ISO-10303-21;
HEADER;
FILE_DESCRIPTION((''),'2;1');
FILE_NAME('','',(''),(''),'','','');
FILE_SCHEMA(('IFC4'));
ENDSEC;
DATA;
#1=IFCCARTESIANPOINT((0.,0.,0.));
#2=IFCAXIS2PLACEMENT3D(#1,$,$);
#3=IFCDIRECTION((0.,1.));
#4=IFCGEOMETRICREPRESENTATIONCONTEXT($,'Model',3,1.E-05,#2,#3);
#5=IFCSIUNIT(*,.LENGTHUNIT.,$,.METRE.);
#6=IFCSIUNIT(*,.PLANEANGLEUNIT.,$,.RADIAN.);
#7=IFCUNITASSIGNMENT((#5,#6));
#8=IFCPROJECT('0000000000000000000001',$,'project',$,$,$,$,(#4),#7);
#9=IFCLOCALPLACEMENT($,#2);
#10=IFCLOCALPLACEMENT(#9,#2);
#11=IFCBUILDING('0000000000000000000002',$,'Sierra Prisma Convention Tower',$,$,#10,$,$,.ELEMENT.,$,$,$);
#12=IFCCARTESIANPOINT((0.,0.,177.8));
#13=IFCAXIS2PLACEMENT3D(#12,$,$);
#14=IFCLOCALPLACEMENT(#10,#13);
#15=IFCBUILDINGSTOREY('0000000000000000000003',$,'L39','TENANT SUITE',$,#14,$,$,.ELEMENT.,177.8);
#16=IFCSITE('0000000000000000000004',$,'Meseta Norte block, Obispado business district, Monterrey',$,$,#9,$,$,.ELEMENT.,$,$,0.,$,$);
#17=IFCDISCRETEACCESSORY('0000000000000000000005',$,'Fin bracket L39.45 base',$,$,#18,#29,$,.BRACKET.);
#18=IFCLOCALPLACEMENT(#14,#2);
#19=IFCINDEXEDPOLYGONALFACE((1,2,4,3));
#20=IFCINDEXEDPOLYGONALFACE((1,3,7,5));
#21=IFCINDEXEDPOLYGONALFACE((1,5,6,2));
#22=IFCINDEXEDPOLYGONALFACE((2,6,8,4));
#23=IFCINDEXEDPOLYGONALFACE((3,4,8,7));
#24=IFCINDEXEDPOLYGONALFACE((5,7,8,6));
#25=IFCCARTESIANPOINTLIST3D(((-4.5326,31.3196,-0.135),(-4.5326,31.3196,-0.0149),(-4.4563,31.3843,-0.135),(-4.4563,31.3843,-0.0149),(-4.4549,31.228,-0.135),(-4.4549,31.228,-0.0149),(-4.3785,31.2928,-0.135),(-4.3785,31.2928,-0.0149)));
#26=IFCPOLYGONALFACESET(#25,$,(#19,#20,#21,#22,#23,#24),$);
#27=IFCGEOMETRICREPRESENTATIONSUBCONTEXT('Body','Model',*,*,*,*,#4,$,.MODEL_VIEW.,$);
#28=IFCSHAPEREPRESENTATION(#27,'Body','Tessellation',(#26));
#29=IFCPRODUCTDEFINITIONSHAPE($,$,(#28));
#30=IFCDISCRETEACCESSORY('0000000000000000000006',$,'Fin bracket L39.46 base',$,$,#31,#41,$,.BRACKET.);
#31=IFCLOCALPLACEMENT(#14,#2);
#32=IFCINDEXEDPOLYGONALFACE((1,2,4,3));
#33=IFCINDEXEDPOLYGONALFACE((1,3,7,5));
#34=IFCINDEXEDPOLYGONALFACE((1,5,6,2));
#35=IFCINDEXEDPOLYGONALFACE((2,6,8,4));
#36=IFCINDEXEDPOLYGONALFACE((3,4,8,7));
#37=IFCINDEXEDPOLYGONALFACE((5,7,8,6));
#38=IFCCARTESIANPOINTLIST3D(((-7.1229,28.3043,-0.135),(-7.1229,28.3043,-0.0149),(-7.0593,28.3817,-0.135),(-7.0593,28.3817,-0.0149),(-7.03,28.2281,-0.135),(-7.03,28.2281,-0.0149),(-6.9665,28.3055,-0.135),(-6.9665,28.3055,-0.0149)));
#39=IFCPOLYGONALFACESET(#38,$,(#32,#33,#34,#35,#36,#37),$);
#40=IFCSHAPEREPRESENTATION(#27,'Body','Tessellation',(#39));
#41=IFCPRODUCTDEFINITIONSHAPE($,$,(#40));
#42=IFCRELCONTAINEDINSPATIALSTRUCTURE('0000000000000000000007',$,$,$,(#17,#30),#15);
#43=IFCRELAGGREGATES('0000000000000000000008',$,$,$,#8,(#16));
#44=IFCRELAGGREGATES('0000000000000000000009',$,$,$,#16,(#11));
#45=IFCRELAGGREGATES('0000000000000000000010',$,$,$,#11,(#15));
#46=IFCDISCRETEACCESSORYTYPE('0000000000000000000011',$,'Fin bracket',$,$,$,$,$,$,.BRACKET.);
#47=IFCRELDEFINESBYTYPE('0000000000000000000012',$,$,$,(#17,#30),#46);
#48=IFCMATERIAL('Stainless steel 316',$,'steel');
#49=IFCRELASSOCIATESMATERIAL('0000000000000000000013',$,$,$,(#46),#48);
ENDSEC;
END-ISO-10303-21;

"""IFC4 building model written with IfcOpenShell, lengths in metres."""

from ifc_helpers import new_model, si_unit, direction, frame, origin, origin_2d, place, context, subcontext, project, spatial, rectangle, extrude, material, type_object, element, save


model = new_model("IFC4")

# Units and contexts
model_context = context("Model", 3, precision=1e-05, world=origin(), true_north=direction((0.0, 1.0)))
body_context = subcontext(model_context, "Body", "Model", "MODEL_VIEW")
ifc_project = project(units=[si_unit("LENGTHUNIT", "METRE"), si_unit("PLANEANGLEUNIT", "RADIAN")], contexts=[model_context])

# Site, building, storey
site_placement = place(None, origin())
site = spatial("IfcSite", under=ifc_project, at=site_placement, Name="Meseta Norte block, Obispado business district, Monterrey", CompositionType="ELEMENT", RefElevation=0.0)
building_placement = place(site_placement, origin())
building = spatial("IfcBuilding", under=site, at=building_placement, Name="Sierra Prisma Convention Tower", CompositionType="ELEMENT")
storey_placement = place(building_placement, frame((0.0, 0.0, 177.8)))
storey = spatial("IfcBuildingStorey", under=building, at=storey_placement, Name="L39", Description="TENANT SUITE", CompositionType="ELEMENT", Elevation=177.8)

# Discrete accessories
ifc_material_1 = material(Name="Stainless steel 316", Category="steel")
discrete_accessory_type = type_object("IfcDiscreteAccessoryType", Name="Fin bracket", PredefinedType="BRACKET", material=ifc_material_1)
for number, where, z_axis, x_axis, name in (
    (1, (-4.4556, 31.3062, -0.135), (0.0, 0.0, 1.0), (-0.647122, 0.762387, 0.0), "Fin bracket L39.45 base"),
    (2, (-7.0447, 28.3049, -0.135), (0.0, 0.0, 1.0), (-0.772984, 0.634425, 0.0), "Fin bracket L39.46 base"),
):
    element("IfcDiscreteAccessory", number, at=place(storey_placement, frame(where, z_axis=z_axis, x_axis=x_axis)), inside=storey, type_object=discrete_accessory_type, Name=name, PredefinedType="BRACKET", context=body_context, shape_type="SweptSolid", body=[
        extrude(rectangle(XDim=0.1201, YDim=0.1001, at=origin_2d()), origin(), (0.0, 0.0, 1.0), 0.1201),
    ])

save(model, "model.ifc")
